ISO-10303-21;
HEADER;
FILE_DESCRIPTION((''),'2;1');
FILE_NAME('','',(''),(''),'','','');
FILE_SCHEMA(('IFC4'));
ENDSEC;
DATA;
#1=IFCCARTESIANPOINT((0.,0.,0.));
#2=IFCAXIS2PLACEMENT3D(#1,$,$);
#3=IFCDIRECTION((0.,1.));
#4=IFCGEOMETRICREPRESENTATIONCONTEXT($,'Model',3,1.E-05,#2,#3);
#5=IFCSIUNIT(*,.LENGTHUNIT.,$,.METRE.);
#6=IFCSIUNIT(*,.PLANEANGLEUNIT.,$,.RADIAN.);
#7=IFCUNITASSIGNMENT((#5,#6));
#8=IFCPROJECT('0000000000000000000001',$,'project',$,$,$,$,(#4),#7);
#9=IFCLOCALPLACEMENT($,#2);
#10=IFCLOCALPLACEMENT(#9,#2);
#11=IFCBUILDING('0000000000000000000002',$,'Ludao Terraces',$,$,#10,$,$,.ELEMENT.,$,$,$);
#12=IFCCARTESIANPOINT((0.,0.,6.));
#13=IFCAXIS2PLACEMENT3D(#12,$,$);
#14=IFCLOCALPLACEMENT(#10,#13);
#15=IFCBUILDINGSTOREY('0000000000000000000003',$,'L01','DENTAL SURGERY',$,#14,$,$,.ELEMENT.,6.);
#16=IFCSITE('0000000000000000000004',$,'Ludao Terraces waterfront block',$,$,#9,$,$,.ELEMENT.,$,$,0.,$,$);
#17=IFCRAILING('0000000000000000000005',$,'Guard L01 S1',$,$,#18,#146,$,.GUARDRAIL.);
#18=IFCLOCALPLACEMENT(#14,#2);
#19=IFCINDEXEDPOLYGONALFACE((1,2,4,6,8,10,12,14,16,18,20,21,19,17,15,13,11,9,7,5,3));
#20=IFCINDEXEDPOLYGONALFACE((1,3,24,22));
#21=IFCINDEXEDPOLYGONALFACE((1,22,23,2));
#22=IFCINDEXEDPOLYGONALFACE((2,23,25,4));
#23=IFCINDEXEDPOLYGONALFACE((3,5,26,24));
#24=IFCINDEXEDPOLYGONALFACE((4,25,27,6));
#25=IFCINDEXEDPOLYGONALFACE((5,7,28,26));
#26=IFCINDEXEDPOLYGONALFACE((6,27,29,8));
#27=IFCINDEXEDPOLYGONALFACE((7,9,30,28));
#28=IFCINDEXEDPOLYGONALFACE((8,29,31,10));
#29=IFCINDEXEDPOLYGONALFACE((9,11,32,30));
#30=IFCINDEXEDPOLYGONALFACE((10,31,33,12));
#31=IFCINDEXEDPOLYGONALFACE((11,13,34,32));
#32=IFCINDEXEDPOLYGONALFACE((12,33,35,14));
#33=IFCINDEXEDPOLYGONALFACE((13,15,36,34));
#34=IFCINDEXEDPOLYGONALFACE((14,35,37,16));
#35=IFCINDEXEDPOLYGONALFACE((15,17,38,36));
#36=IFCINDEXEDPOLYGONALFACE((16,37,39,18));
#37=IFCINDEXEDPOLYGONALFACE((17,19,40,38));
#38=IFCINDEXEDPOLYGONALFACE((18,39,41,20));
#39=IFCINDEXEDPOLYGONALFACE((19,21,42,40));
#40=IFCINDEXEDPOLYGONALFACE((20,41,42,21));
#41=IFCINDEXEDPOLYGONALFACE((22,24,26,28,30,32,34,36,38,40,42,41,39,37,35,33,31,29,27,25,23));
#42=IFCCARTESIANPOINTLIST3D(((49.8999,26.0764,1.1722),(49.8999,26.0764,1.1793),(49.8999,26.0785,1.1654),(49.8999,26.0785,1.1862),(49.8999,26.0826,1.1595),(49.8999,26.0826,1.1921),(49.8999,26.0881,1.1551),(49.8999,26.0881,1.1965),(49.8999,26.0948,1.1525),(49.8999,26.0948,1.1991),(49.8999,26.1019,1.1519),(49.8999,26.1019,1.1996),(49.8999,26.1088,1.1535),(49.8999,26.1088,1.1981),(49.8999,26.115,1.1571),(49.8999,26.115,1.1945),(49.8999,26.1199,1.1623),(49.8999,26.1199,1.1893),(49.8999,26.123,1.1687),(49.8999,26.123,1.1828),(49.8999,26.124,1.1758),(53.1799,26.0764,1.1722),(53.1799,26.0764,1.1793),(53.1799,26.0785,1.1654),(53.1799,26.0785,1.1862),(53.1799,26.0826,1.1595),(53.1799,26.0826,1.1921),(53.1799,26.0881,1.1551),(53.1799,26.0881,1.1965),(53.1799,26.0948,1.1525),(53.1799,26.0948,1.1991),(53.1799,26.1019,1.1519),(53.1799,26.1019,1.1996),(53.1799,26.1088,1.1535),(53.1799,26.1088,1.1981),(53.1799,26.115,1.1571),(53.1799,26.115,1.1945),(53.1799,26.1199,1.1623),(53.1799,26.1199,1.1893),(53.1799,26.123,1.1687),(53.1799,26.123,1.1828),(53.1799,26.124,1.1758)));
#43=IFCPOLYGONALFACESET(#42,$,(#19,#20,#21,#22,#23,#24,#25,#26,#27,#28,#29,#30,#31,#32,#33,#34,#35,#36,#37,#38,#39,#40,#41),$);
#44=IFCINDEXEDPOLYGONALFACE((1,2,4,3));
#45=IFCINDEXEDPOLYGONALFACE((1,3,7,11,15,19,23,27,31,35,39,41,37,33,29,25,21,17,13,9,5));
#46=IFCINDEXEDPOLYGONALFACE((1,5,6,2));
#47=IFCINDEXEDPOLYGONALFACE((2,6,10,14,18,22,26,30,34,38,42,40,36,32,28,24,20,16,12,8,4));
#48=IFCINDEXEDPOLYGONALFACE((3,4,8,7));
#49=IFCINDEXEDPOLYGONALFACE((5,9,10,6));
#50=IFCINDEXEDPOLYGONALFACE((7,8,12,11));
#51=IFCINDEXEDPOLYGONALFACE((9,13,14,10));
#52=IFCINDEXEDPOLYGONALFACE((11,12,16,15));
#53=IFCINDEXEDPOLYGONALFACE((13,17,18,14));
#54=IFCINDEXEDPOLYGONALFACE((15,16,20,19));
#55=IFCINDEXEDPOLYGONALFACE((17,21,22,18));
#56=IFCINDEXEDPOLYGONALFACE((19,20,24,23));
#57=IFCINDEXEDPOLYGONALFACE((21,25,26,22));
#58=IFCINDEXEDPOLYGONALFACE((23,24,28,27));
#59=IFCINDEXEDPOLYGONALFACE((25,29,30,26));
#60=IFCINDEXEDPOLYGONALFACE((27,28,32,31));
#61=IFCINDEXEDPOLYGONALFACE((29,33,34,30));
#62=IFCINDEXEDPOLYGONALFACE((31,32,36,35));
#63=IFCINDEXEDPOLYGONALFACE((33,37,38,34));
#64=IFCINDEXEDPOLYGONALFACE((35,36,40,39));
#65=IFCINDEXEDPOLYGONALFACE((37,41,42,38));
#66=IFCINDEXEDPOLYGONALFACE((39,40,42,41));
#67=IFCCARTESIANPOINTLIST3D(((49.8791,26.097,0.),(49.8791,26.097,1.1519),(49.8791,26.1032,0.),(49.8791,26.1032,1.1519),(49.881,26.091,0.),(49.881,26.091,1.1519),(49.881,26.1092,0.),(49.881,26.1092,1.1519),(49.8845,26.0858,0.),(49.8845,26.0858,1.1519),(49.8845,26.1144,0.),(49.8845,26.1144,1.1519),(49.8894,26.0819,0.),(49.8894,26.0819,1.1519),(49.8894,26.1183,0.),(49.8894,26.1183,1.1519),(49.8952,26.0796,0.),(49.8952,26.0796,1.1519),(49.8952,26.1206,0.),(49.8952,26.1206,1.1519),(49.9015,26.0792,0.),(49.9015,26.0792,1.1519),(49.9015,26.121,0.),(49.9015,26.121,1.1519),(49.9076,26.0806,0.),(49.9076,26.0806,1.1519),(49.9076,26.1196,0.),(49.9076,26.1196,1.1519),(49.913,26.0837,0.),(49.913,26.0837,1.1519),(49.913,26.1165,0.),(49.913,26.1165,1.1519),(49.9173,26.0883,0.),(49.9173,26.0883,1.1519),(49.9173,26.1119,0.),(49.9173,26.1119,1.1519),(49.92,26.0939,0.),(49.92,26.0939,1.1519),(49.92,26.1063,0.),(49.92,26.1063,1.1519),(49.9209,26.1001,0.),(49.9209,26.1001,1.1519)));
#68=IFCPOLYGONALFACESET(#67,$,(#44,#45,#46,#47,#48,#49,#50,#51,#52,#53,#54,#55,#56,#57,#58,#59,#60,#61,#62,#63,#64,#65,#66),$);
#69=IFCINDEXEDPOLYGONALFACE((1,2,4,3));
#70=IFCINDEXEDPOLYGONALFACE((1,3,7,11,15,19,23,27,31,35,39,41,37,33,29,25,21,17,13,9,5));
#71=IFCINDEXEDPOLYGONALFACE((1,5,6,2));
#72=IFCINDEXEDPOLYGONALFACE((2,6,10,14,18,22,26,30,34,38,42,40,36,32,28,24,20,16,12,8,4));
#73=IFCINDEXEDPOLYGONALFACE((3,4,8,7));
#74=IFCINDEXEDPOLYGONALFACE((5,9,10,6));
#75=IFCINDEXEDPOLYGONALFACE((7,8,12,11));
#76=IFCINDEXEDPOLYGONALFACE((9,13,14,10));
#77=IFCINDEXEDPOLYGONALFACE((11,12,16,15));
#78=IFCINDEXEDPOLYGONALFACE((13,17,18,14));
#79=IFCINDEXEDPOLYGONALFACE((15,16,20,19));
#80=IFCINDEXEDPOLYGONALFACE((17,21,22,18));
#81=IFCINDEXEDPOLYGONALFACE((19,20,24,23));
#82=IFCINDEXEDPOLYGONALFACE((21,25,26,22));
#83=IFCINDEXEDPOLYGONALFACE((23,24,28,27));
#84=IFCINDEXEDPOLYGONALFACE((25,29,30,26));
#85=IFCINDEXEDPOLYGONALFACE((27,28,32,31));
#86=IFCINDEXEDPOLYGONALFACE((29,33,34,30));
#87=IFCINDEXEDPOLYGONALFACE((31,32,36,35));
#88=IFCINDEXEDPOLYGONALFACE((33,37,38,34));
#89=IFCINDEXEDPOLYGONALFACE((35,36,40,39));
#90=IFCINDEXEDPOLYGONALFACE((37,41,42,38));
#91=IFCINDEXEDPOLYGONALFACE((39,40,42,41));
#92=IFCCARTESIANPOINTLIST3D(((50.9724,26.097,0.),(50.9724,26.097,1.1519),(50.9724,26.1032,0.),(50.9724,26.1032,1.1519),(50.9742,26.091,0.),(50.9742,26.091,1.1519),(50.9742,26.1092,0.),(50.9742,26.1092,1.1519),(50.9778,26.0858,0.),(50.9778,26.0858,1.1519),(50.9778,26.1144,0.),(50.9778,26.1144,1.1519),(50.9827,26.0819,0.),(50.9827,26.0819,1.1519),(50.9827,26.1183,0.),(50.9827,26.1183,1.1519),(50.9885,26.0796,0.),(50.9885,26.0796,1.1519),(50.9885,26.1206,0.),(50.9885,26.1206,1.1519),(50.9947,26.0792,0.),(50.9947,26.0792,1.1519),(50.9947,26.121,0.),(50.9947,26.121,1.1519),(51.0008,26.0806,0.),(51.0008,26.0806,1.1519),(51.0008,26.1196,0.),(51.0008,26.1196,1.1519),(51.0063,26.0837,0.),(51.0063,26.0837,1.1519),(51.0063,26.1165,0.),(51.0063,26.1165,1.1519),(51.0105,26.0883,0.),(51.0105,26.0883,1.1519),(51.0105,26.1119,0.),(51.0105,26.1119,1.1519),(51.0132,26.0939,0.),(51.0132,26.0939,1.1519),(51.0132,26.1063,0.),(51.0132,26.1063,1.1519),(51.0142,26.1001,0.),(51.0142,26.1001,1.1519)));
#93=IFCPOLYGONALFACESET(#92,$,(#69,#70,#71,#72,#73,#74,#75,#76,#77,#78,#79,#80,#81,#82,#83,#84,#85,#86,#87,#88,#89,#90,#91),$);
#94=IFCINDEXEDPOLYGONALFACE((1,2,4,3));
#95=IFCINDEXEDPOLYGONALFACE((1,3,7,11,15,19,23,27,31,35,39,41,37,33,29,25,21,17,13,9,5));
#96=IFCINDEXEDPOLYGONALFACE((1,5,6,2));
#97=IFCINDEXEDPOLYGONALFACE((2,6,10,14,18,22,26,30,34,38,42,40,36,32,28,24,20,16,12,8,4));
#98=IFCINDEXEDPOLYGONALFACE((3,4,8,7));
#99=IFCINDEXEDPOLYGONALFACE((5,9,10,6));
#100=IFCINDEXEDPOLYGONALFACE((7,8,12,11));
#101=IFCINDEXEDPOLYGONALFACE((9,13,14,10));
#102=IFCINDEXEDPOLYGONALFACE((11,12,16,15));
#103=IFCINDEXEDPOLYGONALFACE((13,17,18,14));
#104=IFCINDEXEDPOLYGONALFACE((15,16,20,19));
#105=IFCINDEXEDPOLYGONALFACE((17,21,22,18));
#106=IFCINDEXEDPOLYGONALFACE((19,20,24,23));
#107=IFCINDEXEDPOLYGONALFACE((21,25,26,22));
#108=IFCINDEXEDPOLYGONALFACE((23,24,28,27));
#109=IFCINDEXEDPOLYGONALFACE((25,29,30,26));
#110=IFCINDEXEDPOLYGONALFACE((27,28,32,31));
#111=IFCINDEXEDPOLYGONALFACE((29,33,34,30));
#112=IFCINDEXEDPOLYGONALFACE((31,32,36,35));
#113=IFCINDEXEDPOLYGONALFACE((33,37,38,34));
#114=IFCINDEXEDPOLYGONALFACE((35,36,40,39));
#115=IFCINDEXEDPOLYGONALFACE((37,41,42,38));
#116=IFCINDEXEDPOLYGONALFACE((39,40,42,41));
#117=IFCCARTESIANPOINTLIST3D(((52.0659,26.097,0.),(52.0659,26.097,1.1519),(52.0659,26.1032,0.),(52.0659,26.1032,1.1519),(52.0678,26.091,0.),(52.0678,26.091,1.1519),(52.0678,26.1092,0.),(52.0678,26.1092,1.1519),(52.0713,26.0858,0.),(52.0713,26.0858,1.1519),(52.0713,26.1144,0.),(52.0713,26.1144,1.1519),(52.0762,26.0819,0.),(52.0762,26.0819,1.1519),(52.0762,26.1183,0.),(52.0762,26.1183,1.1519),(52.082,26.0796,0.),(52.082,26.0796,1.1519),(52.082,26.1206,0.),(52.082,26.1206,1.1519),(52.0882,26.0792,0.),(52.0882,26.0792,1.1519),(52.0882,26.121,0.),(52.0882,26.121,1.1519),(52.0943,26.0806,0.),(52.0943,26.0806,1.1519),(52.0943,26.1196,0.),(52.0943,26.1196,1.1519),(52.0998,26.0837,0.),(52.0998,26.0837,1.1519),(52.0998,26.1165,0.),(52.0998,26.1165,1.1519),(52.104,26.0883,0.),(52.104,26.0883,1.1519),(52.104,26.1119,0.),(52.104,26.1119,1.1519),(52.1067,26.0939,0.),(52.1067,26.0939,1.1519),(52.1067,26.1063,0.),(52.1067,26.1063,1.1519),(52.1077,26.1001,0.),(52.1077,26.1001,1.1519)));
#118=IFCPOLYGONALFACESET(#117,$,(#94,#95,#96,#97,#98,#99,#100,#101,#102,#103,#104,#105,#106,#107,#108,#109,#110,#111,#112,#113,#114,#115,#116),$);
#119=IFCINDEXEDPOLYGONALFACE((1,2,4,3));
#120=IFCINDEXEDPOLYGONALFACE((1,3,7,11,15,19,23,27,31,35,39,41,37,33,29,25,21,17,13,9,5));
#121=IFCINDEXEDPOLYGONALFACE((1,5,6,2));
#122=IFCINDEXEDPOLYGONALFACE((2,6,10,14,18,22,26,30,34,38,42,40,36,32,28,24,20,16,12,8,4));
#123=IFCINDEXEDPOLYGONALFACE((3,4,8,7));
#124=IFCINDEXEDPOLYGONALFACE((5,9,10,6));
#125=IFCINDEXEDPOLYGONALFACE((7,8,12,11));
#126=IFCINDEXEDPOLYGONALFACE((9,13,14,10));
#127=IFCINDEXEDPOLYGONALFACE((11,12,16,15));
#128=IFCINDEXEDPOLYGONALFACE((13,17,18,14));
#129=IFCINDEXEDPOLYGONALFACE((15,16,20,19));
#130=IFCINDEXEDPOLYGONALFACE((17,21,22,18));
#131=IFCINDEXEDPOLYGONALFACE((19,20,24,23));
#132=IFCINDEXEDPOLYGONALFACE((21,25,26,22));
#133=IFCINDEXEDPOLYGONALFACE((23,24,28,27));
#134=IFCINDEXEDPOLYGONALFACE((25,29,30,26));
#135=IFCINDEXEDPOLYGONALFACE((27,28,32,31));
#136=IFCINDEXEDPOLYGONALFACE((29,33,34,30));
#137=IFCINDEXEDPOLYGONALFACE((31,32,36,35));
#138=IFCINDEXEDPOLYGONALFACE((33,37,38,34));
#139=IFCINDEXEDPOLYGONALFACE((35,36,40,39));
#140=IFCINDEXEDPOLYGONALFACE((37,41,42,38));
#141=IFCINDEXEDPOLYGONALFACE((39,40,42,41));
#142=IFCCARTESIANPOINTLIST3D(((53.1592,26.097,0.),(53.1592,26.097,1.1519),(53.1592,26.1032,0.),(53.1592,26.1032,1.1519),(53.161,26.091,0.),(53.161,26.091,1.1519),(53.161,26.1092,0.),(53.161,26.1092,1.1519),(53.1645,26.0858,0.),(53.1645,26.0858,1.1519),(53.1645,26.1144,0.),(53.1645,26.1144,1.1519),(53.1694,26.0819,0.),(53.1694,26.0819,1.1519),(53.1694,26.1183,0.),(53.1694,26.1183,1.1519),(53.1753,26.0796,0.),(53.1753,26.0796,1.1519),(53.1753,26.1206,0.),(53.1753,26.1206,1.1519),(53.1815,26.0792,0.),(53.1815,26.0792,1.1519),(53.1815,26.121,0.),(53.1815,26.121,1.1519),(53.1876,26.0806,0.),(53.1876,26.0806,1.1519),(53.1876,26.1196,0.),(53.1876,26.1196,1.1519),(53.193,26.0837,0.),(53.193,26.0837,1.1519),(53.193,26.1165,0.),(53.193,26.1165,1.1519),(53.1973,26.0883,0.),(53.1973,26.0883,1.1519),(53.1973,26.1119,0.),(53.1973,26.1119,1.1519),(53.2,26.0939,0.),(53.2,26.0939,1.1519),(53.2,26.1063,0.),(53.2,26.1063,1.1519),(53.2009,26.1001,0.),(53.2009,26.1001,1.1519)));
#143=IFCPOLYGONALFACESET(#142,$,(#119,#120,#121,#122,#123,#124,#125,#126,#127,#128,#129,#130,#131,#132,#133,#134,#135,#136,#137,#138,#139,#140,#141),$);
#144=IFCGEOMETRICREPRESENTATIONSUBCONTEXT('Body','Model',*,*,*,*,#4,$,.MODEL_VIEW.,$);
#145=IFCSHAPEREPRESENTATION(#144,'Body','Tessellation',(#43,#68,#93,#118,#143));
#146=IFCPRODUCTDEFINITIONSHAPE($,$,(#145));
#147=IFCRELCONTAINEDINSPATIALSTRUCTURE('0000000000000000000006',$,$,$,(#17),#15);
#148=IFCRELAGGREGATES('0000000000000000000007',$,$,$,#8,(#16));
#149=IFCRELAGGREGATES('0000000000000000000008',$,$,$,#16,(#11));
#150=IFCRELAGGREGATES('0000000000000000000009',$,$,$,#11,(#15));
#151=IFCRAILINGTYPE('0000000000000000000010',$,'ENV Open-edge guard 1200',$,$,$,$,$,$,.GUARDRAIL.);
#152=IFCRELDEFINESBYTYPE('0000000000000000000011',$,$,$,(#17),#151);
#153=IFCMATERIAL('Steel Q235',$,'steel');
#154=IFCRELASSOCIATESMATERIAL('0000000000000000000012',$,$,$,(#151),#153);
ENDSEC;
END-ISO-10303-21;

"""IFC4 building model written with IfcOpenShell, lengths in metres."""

from ifc_helpers import new_model, si_unit, direction, frame, origin, origin_2d, place, context, subcontext, project, spatial, circle, extrude, material, type_object, element, save


model = new_model("IFC4")

# Units and contexts
model_context = context("Model", 3, precision=1e-05, world=origin(), true_north=direction((0.0, 1.0)))
body_context = subcontext(model_context, "Body", "Model", "MODEL_VIEW")
ifc_project = project(units=[si_unit("LENGTHUNIT", "METRE"), si_unit("PLANEANGLEUNIT", "RADIAN")], contexts=[model_context])

# Site, building, storey
site_placement = place(None, origin())
site = spatial("IfcSite", under=ifc_project, at=site_placement, Name="Ludao Terraces waterfront block", CompositionType="ELEMENT", RefElevation=0.0)
building_placement = place(site_placement, origin())
building = spatial("IfcBuilding", under=site, at=building_placement, Name="Ludao Terraces", CompositionType="ELEMENT")
storey_placement = place(building_placement, frame((0.0, 0.0, 6.0)))
storey = spatial("IfcBuildingStorey", under=building, at=storey_placement, Name="L01", Description="DENTAL SURGERY", CompositionType="ELEMENT", Elevation=6.0)

# Shared definitions
ifc_material_1 = material(Name="Steel Q235", Category="steel")

# Railing
railing_type = type_object("IfcRailingType", Name="ENV Open-edge guard 1200", PredefinedType="GUARDRAIL", material=ifc_material_1)
railing_placement = place(storey_placement, frame((49.8999, 26.1001, 0.0)))
element("IfcRailing", 1, at=railing_placement, inside=storey, type_object=railing_type, Name="Guard L01 S1", PredefinedType="GUARDRAIL", context=body_context, shape_type="SweptSolid", body=[
    extrude(circle(Radius=0.0239, at=origin_2d()), frame((0.0, 0.0, 1.1758), z_axis=(1.0, 0.0, 0.0), x_axis=(0.0, 1.0, 0.0)), (0.0, 0.0, 1.0), 3.28),
    extrude(circle(Radius=0.021, at=origin_2d()), origin(), (0.0, 0.0, 1.0), 1.1519),
    extrude(circle(Radius=0.021, at=origin_2d()), frame((1.0933, 0.0, 0.0)), (0.0, 0.0, 1.0), 1.1519),
    extrude(circle(Radius=0.021, at=origin_2d()), frame((2.1868, 0.0, 0.0)), (0.0, 0.0, 1.0), 1.1519),
    extrude(circle(Radius=0.021, at=origin_2d()), frame((3.28, 0.0, 0.0)), (0.0, 0.0, 1.0), 1.1519),
])

save(model, "model.ifc")
